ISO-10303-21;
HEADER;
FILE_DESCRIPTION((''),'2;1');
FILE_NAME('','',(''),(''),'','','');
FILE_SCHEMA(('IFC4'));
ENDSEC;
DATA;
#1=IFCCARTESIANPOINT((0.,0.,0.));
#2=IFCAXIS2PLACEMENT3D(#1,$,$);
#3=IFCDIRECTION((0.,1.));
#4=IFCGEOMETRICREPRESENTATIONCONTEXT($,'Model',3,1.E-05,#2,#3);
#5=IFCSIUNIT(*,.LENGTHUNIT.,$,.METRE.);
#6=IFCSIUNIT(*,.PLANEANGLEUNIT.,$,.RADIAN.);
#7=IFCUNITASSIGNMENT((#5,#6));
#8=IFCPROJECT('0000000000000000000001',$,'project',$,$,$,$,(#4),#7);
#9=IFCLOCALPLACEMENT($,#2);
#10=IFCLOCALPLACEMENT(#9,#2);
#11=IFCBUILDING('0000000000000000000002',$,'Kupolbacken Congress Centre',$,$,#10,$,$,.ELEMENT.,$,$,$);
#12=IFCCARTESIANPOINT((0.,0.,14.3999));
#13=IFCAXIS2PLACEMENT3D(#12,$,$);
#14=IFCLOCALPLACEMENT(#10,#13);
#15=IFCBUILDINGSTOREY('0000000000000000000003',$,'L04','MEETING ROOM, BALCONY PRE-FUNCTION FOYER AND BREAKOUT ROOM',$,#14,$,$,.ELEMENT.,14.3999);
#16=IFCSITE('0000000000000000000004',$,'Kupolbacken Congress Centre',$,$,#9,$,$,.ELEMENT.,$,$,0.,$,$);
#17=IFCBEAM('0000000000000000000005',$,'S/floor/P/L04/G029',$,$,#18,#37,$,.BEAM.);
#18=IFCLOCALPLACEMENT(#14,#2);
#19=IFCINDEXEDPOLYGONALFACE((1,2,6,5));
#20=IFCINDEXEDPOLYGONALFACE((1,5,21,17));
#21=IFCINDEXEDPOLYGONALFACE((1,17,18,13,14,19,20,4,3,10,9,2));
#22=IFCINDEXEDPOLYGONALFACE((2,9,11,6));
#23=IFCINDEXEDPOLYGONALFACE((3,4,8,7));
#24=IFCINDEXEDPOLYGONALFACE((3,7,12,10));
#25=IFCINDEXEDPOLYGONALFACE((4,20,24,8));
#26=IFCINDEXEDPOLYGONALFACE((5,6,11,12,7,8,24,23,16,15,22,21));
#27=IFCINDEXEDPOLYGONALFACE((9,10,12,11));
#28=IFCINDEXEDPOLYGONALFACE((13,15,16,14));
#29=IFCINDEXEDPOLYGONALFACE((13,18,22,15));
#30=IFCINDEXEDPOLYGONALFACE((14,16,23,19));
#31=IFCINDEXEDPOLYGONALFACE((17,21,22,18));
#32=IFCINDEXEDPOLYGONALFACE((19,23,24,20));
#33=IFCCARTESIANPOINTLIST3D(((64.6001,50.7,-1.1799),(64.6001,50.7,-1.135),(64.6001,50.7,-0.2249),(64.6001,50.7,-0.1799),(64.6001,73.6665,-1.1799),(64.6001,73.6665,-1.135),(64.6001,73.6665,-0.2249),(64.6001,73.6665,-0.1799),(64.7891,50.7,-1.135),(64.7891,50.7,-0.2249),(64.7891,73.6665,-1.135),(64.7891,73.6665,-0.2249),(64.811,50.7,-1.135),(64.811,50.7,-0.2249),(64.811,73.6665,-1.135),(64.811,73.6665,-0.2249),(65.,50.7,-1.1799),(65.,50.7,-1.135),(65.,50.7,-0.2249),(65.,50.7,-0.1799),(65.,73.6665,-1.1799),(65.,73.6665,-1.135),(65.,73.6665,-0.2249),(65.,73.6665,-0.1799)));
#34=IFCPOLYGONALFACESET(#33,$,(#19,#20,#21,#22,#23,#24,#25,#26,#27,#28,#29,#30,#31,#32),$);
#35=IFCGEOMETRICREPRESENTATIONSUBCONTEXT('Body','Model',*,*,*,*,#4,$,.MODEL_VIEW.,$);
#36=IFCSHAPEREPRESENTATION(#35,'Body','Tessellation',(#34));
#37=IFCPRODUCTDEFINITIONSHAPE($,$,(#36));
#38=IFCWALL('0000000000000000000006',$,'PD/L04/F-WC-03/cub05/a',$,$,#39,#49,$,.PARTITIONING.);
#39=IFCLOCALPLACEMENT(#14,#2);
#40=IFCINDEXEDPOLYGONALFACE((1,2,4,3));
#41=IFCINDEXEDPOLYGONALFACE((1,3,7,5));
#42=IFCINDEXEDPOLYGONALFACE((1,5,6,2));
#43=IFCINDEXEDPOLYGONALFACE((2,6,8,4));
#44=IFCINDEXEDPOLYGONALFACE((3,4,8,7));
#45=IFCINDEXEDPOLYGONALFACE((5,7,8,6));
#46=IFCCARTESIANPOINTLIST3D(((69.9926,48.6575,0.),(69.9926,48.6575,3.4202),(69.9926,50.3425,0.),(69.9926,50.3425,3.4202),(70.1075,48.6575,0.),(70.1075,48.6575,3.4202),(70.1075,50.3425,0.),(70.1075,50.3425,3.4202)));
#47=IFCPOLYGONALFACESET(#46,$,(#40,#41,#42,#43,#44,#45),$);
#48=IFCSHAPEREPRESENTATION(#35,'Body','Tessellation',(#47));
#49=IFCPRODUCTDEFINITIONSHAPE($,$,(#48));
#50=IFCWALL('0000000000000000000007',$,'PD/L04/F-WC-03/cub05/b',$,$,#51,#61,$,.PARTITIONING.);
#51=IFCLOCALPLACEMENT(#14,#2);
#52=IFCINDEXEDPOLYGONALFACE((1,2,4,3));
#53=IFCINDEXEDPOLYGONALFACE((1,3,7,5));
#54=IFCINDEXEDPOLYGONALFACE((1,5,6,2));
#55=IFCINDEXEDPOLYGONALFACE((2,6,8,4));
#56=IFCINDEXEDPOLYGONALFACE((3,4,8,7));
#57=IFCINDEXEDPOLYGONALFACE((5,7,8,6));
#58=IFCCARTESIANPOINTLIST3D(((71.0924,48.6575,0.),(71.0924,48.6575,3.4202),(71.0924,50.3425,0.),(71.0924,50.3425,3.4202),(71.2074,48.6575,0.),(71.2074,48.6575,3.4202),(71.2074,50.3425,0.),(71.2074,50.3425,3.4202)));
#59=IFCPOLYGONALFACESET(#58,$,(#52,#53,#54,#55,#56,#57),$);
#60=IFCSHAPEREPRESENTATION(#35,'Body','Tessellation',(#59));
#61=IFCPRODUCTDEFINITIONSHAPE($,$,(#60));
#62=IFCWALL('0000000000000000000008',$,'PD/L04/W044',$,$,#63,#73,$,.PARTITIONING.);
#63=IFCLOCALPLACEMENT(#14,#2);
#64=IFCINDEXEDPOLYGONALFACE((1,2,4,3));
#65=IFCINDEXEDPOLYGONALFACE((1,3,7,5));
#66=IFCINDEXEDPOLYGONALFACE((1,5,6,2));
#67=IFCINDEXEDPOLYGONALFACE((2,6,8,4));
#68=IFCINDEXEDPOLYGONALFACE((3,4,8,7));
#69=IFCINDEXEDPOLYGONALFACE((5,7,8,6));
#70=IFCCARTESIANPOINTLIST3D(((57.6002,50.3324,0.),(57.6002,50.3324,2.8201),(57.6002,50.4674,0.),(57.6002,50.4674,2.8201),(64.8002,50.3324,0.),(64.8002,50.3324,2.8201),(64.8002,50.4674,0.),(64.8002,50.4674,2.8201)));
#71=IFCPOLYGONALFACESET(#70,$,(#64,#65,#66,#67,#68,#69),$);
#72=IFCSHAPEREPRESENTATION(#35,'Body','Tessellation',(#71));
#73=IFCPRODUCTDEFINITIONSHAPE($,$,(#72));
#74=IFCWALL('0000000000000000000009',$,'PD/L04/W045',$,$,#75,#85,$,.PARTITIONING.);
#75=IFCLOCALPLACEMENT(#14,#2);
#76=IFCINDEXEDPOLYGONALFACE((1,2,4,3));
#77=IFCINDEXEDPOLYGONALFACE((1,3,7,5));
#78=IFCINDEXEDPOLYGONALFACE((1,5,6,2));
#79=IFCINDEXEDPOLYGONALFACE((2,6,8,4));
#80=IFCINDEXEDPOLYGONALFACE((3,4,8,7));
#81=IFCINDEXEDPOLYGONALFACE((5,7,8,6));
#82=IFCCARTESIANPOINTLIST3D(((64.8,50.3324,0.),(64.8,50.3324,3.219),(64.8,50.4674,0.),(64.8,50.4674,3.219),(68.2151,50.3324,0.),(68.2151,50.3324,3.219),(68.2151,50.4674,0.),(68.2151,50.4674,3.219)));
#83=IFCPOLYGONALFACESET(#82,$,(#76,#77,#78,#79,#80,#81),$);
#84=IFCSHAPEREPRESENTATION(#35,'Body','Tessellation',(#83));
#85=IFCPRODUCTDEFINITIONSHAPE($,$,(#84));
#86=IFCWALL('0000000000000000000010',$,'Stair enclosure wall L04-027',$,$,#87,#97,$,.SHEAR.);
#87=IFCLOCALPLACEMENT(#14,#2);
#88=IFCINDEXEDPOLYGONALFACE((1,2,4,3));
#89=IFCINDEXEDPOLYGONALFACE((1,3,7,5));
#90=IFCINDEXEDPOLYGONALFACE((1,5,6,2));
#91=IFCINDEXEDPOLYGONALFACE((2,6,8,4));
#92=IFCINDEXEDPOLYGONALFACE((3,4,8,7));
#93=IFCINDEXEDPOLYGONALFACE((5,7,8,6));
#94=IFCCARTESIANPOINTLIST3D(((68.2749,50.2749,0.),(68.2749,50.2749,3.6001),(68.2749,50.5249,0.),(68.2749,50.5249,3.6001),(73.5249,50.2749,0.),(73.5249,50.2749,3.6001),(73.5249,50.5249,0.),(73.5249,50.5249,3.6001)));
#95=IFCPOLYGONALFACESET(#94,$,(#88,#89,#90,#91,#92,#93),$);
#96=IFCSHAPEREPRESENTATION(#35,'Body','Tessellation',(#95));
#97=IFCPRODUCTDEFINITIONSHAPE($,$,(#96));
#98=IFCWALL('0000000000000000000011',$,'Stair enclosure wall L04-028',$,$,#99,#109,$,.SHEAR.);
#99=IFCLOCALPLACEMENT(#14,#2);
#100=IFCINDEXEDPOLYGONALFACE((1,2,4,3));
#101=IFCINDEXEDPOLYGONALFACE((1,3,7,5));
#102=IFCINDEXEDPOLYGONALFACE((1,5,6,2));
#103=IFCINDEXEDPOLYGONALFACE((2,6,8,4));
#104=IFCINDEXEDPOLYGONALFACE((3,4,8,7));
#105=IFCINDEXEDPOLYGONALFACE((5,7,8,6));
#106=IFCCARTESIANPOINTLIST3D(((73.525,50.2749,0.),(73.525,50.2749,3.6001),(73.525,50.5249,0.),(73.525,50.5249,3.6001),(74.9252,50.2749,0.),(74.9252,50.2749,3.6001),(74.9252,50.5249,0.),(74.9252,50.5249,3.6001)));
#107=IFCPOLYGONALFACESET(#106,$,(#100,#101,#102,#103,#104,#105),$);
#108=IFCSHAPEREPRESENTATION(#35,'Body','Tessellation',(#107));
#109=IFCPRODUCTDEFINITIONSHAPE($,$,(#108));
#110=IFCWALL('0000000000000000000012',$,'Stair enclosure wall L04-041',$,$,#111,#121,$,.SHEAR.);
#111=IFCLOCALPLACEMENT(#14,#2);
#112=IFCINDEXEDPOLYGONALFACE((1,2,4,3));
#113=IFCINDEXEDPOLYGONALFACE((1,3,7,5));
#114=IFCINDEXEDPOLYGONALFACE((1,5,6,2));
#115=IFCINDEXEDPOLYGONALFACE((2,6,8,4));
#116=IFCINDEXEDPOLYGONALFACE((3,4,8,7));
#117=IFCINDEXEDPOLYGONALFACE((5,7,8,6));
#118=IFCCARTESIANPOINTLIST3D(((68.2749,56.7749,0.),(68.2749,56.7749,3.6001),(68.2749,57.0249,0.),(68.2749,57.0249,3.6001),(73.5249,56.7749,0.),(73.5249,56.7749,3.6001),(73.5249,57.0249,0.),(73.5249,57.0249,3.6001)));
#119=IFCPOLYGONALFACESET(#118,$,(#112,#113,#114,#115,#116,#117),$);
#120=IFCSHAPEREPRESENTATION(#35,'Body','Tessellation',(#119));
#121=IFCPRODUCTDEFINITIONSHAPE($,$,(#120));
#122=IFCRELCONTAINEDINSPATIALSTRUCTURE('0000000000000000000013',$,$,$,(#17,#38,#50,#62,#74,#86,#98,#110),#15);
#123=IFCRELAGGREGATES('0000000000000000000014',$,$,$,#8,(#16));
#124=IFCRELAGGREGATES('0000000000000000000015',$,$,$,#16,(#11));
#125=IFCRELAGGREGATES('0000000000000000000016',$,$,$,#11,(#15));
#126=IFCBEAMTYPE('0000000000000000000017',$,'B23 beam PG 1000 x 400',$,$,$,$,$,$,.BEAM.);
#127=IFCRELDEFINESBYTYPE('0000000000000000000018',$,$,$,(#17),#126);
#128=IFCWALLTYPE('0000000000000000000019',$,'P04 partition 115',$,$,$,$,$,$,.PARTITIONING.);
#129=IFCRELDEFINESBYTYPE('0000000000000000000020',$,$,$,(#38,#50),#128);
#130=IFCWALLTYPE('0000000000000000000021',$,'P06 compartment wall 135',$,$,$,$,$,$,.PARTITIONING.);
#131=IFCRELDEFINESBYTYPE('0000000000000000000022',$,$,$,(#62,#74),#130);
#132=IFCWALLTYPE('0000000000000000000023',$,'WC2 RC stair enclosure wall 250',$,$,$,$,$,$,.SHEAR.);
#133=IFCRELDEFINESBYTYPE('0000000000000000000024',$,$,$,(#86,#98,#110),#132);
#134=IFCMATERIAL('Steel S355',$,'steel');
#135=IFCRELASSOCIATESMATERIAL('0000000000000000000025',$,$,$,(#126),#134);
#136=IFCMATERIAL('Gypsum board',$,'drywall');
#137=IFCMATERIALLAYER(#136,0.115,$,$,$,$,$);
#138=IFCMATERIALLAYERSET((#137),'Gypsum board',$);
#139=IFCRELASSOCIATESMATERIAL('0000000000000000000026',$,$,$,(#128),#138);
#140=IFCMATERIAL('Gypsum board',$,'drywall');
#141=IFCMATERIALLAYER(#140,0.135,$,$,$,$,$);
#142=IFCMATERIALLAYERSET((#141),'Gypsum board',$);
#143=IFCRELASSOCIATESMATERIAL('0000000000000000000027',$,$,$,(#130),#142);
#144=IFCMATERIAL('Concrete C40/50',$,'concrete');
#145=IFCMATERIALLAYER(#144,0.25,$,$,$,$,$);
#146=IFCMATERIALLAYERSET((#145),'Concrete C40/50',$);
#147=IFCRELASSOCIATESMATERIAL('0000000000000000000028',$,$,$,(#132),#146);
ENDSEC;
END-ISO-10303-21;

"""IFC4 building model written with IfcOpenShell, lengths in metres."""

from ifc_helpers import new_model, si_unit, direction, frame, frame_2d, origin, origin_2d, place, context, subcontext, project, spatial, rectangle, i_section, extrude, material, layer, layer_set, material_profile, profile_set, type_object, element, save


model = new_model("IFC4")

# Units and contexts
model_context = context("Model", 3, precision=1e-05, world=origin(), true_north=direction((0.0, 1.0)))
body_context = subcontext(model_context, "Body", "Model", "MODEL_VIEW")
ifc_project = project(units=[si_unit("LENGTHUNIT", "METRE"), si_unit("PLANEANGLEUNIT", "RADIAN")], contexts=[model_context])

# Site, building, storey
site_placement = place(None, origin())
site = spatial("IfcSite", under=ifc_project, at=site_placement, Name="Kupolbacken Congress Centre", CompositionType="ELEMENT", RefElevation=0.0)
building_placement = place(site_placement, origin())
building = spatial("IfcBuilding", under=site, at=building_placement, Name="Kupolbacken Congress Centre", CompositionType="ELEMENT")
storey_placement = place(building_placement, frame((0.0, 0.0, 14.3999)))
storey = spatial("IfcBuildingStorey", under=building, at=storey_placement, Name="L04", Description="MEETING ROOM, BALCONY PRE-FUNCTION FOYER AND BREAKOUT ROOM", CompositionType="ELEMENT", Elevation=14.3999)

# Beam
ifc_material_1 = material(Name="Steel S355", Category="steel")
ifc_material_profile_1 = material_profile(ifc_material_1, i_section(OverallWidth=0.3999, OverallDepth=1.0, WebThickness=0.022, FlangeThickness=0.0449, at=origin_2d()), Name="PG 1000 x 400")
ifc_profile_set_1 = profile_set([ifc_material_profile_1], Name="Steel S355")
beam_type_1 = type_object("IfcBeamType", Name="B23 beam PG 1000 x 400", PredefinedType="BEAM", material=ifc_profile_set_1)
beam_1_placement = place(storey_placement, frame((64.8, 50.7, -0.6799), z_axis=(0.0, 1.0, 0.0), x_axis=(-1.0, 0.0, 0.0)))
element("IfcBeam", 1, at=beam_1_placement, inside=storey, type_object=beam_type_1, Name="S/floor/P/L04/G029", PredefinedType="BEAM", context=body_context, shape_type="SweptSolid", body=[
    extrude(i_section(OverallWidth=0.3999, OverallDepth=1.0, WebThickness=0.022, FlangeThickness=0.0449, at=origin_2d()), origin(), (0.0, 0.0, 1.0), 22.9666),
])

# Walls
ifc_material_2 = material(Name="Gypsum board", Category="drywall")
ifc_layer_1 = layer(ifc_material_2, 0.115)
ifc_layer_set_1 = layer_set([ifc_layer_1], Name="Gypsum board")
wall_type_1 = type_object("IfcWallType", Name="P04 partition 115", PredefinedType="PARTITIONING", material=ifc_layer_set_1)
for number, where, z_axis, x_axis, name in (
    (2, (70.05, 50.3425, 0.0), (0.0, 0.0, 1.0), (0.0, -1.0, 0.0), "PD/L04/F-WC-03/cub05/a"),
    (3, (71.1499, 50.3425, 0.0), (0.0, 0.0, 1.0), (0.0, -1.0, 0.0), "PD/L04/F-WC-03/cub05/b"),
):
    element("IfcWall", number, at=place(storey_placement, frame(where, z_axis=z_axis, x_axis=x_axis)), inside=storey, type_object=wall_type_1, Name=name, PredefinedType="PARTITIONING", context=body_context, shape_type="SweptSolid", body=[
        extrude(rectangle(XDim=1.6851, YDim=0.115, at=frame_2d((0.8425, 0.0))), origin(), (0.0, 0.0, 1.0), 3.4202),
    ])
ifc_material_3 = material(Name="Gypsum board", Category="drywall")
ifc_layer_2 = layer(ifc_material_3, 0.135)
ifc_layer_set_2 = layer_set([ifc_layer_2], Name="Gypsum board")
wall_type_2 = type_object("IfcWallType", Name="P06 compartment wall 135", PredefinedType="PARTITIONING", material=ifc_layer_set_2)
wall_1_placement = place(storey_placement, frame((57.6001, 50.3999, 0.0), z_axis=(0.0, 0.0, 1.0), x_axis=(1.0, 0.0, 0.0)))
element("IfcWall", 4, at=wall_1_placement, inside=storey, type_object=wall_type_2, Name="PD/L04/W044", PredefinedType="PARTITIONING", context=body_context, shape_type="SweptSolid", body=[
    extrude(rectangle(XDim=7.2, YDim=0.135, at=frame_2d((3.6001, 0.0))), origin(), (0.0, 0.0, 1.0), 2.8201),
])
wall_2_placement = place(storey_placement, frame((64.8, 50.3999, 0.0), z_axis=(0.0, 0.0, 1.0), x_axis=(1.0, 0.0, 0.0)))
element("IfcWall", 5, at=wall_2_placement, inside=storey, type_object=wall_type_2, Name="PD/L04/W045", PredefinedType="PARTITIONING", context=body_context, shape_type="SweptSolid", body=[
    extrude(rectangle(XDim=3.415, YDim=0.135, at=frame_2d((1.7075, 0.0))), origin(), (0.0, 0.0, 1.0), 3.219),
])
ifc_material_4 = material(Name="Concrete C40/50", Category="concrete")
ifc_layer_3 = layer(ifc_material_4, 0.25)
ifc_layer_set_3 = layer_set([ifc_layer_3], Name="Concrete C40/50")
wall_type_3 = type_object("IfcWallType", Name="WC2 RC stair enclosure wall 250", PredefinedType="SHEAR", material=ifc_layer_set_3)
wall_3_placement = place(storey_placement, frame((68.2749, 50.3999, 0.0), z_axis=(0.0, 0.0, 1.0), x_axis=(1.0, 0.0, 0.0)))
element("IfcWall", 6, at=wall_3_placement, inside=storey, type_object=wall_type_3, Name="Stair enclosure wall L04-027", PredefinedType="SHEAR", context=body_context, shape_type="SweptSolid", body=[
    extrude(rectangle(XDim=5.25, YDim=0.25, at=frame_2d((2.625, 0.0))), origin(), (0.0, 0.0, 1.0), 3.6001),
])
wall_4_placement = place(storey_placement, frame((73.5249, 50.3999, 0.0), z_axis=(0.0, 0.0, 1.0), x_axis=(1.0, 0.0, 0.0)))
element("IfcWall", 7, at=wall_4_placement, inside=storey, type_object=wall_type_3, Name="Stair enclosure wall L04-028", PredefinedType="SHEAR", context=body_context, shape_type="SweptSolid", body=[
    extrude(rectangle(XDim=1.4001, YDim=0.25, at=frame_2d((0.7002, 0.0))), origin(), (0.0, 0.0, 1.0), 3.6001),
])

# Wall
wall_5_placement = place(storey_placement, frame((73.5249, 56.8999, 0.0), z_axis=(0.0, 0.0, 1.0), x_axis=(-1.0, 0.0, 0.0)))
element("IfcWall", 8, at=wall_5_placement, inside=storey, type_object=wall_type_3, Name="Stair enclosure wall L04-041", PredefinedType="SHEAR", context=body_context, shape_type="SweptSolid", body=[
    extrude(rectangle(XDim=5.25, YDim=0.25, at=frame_2d((2.625, 0.0))), origin(), (0.0, 0.0, 1.0), 3.6001),
])

save(model, "model.ifc")
